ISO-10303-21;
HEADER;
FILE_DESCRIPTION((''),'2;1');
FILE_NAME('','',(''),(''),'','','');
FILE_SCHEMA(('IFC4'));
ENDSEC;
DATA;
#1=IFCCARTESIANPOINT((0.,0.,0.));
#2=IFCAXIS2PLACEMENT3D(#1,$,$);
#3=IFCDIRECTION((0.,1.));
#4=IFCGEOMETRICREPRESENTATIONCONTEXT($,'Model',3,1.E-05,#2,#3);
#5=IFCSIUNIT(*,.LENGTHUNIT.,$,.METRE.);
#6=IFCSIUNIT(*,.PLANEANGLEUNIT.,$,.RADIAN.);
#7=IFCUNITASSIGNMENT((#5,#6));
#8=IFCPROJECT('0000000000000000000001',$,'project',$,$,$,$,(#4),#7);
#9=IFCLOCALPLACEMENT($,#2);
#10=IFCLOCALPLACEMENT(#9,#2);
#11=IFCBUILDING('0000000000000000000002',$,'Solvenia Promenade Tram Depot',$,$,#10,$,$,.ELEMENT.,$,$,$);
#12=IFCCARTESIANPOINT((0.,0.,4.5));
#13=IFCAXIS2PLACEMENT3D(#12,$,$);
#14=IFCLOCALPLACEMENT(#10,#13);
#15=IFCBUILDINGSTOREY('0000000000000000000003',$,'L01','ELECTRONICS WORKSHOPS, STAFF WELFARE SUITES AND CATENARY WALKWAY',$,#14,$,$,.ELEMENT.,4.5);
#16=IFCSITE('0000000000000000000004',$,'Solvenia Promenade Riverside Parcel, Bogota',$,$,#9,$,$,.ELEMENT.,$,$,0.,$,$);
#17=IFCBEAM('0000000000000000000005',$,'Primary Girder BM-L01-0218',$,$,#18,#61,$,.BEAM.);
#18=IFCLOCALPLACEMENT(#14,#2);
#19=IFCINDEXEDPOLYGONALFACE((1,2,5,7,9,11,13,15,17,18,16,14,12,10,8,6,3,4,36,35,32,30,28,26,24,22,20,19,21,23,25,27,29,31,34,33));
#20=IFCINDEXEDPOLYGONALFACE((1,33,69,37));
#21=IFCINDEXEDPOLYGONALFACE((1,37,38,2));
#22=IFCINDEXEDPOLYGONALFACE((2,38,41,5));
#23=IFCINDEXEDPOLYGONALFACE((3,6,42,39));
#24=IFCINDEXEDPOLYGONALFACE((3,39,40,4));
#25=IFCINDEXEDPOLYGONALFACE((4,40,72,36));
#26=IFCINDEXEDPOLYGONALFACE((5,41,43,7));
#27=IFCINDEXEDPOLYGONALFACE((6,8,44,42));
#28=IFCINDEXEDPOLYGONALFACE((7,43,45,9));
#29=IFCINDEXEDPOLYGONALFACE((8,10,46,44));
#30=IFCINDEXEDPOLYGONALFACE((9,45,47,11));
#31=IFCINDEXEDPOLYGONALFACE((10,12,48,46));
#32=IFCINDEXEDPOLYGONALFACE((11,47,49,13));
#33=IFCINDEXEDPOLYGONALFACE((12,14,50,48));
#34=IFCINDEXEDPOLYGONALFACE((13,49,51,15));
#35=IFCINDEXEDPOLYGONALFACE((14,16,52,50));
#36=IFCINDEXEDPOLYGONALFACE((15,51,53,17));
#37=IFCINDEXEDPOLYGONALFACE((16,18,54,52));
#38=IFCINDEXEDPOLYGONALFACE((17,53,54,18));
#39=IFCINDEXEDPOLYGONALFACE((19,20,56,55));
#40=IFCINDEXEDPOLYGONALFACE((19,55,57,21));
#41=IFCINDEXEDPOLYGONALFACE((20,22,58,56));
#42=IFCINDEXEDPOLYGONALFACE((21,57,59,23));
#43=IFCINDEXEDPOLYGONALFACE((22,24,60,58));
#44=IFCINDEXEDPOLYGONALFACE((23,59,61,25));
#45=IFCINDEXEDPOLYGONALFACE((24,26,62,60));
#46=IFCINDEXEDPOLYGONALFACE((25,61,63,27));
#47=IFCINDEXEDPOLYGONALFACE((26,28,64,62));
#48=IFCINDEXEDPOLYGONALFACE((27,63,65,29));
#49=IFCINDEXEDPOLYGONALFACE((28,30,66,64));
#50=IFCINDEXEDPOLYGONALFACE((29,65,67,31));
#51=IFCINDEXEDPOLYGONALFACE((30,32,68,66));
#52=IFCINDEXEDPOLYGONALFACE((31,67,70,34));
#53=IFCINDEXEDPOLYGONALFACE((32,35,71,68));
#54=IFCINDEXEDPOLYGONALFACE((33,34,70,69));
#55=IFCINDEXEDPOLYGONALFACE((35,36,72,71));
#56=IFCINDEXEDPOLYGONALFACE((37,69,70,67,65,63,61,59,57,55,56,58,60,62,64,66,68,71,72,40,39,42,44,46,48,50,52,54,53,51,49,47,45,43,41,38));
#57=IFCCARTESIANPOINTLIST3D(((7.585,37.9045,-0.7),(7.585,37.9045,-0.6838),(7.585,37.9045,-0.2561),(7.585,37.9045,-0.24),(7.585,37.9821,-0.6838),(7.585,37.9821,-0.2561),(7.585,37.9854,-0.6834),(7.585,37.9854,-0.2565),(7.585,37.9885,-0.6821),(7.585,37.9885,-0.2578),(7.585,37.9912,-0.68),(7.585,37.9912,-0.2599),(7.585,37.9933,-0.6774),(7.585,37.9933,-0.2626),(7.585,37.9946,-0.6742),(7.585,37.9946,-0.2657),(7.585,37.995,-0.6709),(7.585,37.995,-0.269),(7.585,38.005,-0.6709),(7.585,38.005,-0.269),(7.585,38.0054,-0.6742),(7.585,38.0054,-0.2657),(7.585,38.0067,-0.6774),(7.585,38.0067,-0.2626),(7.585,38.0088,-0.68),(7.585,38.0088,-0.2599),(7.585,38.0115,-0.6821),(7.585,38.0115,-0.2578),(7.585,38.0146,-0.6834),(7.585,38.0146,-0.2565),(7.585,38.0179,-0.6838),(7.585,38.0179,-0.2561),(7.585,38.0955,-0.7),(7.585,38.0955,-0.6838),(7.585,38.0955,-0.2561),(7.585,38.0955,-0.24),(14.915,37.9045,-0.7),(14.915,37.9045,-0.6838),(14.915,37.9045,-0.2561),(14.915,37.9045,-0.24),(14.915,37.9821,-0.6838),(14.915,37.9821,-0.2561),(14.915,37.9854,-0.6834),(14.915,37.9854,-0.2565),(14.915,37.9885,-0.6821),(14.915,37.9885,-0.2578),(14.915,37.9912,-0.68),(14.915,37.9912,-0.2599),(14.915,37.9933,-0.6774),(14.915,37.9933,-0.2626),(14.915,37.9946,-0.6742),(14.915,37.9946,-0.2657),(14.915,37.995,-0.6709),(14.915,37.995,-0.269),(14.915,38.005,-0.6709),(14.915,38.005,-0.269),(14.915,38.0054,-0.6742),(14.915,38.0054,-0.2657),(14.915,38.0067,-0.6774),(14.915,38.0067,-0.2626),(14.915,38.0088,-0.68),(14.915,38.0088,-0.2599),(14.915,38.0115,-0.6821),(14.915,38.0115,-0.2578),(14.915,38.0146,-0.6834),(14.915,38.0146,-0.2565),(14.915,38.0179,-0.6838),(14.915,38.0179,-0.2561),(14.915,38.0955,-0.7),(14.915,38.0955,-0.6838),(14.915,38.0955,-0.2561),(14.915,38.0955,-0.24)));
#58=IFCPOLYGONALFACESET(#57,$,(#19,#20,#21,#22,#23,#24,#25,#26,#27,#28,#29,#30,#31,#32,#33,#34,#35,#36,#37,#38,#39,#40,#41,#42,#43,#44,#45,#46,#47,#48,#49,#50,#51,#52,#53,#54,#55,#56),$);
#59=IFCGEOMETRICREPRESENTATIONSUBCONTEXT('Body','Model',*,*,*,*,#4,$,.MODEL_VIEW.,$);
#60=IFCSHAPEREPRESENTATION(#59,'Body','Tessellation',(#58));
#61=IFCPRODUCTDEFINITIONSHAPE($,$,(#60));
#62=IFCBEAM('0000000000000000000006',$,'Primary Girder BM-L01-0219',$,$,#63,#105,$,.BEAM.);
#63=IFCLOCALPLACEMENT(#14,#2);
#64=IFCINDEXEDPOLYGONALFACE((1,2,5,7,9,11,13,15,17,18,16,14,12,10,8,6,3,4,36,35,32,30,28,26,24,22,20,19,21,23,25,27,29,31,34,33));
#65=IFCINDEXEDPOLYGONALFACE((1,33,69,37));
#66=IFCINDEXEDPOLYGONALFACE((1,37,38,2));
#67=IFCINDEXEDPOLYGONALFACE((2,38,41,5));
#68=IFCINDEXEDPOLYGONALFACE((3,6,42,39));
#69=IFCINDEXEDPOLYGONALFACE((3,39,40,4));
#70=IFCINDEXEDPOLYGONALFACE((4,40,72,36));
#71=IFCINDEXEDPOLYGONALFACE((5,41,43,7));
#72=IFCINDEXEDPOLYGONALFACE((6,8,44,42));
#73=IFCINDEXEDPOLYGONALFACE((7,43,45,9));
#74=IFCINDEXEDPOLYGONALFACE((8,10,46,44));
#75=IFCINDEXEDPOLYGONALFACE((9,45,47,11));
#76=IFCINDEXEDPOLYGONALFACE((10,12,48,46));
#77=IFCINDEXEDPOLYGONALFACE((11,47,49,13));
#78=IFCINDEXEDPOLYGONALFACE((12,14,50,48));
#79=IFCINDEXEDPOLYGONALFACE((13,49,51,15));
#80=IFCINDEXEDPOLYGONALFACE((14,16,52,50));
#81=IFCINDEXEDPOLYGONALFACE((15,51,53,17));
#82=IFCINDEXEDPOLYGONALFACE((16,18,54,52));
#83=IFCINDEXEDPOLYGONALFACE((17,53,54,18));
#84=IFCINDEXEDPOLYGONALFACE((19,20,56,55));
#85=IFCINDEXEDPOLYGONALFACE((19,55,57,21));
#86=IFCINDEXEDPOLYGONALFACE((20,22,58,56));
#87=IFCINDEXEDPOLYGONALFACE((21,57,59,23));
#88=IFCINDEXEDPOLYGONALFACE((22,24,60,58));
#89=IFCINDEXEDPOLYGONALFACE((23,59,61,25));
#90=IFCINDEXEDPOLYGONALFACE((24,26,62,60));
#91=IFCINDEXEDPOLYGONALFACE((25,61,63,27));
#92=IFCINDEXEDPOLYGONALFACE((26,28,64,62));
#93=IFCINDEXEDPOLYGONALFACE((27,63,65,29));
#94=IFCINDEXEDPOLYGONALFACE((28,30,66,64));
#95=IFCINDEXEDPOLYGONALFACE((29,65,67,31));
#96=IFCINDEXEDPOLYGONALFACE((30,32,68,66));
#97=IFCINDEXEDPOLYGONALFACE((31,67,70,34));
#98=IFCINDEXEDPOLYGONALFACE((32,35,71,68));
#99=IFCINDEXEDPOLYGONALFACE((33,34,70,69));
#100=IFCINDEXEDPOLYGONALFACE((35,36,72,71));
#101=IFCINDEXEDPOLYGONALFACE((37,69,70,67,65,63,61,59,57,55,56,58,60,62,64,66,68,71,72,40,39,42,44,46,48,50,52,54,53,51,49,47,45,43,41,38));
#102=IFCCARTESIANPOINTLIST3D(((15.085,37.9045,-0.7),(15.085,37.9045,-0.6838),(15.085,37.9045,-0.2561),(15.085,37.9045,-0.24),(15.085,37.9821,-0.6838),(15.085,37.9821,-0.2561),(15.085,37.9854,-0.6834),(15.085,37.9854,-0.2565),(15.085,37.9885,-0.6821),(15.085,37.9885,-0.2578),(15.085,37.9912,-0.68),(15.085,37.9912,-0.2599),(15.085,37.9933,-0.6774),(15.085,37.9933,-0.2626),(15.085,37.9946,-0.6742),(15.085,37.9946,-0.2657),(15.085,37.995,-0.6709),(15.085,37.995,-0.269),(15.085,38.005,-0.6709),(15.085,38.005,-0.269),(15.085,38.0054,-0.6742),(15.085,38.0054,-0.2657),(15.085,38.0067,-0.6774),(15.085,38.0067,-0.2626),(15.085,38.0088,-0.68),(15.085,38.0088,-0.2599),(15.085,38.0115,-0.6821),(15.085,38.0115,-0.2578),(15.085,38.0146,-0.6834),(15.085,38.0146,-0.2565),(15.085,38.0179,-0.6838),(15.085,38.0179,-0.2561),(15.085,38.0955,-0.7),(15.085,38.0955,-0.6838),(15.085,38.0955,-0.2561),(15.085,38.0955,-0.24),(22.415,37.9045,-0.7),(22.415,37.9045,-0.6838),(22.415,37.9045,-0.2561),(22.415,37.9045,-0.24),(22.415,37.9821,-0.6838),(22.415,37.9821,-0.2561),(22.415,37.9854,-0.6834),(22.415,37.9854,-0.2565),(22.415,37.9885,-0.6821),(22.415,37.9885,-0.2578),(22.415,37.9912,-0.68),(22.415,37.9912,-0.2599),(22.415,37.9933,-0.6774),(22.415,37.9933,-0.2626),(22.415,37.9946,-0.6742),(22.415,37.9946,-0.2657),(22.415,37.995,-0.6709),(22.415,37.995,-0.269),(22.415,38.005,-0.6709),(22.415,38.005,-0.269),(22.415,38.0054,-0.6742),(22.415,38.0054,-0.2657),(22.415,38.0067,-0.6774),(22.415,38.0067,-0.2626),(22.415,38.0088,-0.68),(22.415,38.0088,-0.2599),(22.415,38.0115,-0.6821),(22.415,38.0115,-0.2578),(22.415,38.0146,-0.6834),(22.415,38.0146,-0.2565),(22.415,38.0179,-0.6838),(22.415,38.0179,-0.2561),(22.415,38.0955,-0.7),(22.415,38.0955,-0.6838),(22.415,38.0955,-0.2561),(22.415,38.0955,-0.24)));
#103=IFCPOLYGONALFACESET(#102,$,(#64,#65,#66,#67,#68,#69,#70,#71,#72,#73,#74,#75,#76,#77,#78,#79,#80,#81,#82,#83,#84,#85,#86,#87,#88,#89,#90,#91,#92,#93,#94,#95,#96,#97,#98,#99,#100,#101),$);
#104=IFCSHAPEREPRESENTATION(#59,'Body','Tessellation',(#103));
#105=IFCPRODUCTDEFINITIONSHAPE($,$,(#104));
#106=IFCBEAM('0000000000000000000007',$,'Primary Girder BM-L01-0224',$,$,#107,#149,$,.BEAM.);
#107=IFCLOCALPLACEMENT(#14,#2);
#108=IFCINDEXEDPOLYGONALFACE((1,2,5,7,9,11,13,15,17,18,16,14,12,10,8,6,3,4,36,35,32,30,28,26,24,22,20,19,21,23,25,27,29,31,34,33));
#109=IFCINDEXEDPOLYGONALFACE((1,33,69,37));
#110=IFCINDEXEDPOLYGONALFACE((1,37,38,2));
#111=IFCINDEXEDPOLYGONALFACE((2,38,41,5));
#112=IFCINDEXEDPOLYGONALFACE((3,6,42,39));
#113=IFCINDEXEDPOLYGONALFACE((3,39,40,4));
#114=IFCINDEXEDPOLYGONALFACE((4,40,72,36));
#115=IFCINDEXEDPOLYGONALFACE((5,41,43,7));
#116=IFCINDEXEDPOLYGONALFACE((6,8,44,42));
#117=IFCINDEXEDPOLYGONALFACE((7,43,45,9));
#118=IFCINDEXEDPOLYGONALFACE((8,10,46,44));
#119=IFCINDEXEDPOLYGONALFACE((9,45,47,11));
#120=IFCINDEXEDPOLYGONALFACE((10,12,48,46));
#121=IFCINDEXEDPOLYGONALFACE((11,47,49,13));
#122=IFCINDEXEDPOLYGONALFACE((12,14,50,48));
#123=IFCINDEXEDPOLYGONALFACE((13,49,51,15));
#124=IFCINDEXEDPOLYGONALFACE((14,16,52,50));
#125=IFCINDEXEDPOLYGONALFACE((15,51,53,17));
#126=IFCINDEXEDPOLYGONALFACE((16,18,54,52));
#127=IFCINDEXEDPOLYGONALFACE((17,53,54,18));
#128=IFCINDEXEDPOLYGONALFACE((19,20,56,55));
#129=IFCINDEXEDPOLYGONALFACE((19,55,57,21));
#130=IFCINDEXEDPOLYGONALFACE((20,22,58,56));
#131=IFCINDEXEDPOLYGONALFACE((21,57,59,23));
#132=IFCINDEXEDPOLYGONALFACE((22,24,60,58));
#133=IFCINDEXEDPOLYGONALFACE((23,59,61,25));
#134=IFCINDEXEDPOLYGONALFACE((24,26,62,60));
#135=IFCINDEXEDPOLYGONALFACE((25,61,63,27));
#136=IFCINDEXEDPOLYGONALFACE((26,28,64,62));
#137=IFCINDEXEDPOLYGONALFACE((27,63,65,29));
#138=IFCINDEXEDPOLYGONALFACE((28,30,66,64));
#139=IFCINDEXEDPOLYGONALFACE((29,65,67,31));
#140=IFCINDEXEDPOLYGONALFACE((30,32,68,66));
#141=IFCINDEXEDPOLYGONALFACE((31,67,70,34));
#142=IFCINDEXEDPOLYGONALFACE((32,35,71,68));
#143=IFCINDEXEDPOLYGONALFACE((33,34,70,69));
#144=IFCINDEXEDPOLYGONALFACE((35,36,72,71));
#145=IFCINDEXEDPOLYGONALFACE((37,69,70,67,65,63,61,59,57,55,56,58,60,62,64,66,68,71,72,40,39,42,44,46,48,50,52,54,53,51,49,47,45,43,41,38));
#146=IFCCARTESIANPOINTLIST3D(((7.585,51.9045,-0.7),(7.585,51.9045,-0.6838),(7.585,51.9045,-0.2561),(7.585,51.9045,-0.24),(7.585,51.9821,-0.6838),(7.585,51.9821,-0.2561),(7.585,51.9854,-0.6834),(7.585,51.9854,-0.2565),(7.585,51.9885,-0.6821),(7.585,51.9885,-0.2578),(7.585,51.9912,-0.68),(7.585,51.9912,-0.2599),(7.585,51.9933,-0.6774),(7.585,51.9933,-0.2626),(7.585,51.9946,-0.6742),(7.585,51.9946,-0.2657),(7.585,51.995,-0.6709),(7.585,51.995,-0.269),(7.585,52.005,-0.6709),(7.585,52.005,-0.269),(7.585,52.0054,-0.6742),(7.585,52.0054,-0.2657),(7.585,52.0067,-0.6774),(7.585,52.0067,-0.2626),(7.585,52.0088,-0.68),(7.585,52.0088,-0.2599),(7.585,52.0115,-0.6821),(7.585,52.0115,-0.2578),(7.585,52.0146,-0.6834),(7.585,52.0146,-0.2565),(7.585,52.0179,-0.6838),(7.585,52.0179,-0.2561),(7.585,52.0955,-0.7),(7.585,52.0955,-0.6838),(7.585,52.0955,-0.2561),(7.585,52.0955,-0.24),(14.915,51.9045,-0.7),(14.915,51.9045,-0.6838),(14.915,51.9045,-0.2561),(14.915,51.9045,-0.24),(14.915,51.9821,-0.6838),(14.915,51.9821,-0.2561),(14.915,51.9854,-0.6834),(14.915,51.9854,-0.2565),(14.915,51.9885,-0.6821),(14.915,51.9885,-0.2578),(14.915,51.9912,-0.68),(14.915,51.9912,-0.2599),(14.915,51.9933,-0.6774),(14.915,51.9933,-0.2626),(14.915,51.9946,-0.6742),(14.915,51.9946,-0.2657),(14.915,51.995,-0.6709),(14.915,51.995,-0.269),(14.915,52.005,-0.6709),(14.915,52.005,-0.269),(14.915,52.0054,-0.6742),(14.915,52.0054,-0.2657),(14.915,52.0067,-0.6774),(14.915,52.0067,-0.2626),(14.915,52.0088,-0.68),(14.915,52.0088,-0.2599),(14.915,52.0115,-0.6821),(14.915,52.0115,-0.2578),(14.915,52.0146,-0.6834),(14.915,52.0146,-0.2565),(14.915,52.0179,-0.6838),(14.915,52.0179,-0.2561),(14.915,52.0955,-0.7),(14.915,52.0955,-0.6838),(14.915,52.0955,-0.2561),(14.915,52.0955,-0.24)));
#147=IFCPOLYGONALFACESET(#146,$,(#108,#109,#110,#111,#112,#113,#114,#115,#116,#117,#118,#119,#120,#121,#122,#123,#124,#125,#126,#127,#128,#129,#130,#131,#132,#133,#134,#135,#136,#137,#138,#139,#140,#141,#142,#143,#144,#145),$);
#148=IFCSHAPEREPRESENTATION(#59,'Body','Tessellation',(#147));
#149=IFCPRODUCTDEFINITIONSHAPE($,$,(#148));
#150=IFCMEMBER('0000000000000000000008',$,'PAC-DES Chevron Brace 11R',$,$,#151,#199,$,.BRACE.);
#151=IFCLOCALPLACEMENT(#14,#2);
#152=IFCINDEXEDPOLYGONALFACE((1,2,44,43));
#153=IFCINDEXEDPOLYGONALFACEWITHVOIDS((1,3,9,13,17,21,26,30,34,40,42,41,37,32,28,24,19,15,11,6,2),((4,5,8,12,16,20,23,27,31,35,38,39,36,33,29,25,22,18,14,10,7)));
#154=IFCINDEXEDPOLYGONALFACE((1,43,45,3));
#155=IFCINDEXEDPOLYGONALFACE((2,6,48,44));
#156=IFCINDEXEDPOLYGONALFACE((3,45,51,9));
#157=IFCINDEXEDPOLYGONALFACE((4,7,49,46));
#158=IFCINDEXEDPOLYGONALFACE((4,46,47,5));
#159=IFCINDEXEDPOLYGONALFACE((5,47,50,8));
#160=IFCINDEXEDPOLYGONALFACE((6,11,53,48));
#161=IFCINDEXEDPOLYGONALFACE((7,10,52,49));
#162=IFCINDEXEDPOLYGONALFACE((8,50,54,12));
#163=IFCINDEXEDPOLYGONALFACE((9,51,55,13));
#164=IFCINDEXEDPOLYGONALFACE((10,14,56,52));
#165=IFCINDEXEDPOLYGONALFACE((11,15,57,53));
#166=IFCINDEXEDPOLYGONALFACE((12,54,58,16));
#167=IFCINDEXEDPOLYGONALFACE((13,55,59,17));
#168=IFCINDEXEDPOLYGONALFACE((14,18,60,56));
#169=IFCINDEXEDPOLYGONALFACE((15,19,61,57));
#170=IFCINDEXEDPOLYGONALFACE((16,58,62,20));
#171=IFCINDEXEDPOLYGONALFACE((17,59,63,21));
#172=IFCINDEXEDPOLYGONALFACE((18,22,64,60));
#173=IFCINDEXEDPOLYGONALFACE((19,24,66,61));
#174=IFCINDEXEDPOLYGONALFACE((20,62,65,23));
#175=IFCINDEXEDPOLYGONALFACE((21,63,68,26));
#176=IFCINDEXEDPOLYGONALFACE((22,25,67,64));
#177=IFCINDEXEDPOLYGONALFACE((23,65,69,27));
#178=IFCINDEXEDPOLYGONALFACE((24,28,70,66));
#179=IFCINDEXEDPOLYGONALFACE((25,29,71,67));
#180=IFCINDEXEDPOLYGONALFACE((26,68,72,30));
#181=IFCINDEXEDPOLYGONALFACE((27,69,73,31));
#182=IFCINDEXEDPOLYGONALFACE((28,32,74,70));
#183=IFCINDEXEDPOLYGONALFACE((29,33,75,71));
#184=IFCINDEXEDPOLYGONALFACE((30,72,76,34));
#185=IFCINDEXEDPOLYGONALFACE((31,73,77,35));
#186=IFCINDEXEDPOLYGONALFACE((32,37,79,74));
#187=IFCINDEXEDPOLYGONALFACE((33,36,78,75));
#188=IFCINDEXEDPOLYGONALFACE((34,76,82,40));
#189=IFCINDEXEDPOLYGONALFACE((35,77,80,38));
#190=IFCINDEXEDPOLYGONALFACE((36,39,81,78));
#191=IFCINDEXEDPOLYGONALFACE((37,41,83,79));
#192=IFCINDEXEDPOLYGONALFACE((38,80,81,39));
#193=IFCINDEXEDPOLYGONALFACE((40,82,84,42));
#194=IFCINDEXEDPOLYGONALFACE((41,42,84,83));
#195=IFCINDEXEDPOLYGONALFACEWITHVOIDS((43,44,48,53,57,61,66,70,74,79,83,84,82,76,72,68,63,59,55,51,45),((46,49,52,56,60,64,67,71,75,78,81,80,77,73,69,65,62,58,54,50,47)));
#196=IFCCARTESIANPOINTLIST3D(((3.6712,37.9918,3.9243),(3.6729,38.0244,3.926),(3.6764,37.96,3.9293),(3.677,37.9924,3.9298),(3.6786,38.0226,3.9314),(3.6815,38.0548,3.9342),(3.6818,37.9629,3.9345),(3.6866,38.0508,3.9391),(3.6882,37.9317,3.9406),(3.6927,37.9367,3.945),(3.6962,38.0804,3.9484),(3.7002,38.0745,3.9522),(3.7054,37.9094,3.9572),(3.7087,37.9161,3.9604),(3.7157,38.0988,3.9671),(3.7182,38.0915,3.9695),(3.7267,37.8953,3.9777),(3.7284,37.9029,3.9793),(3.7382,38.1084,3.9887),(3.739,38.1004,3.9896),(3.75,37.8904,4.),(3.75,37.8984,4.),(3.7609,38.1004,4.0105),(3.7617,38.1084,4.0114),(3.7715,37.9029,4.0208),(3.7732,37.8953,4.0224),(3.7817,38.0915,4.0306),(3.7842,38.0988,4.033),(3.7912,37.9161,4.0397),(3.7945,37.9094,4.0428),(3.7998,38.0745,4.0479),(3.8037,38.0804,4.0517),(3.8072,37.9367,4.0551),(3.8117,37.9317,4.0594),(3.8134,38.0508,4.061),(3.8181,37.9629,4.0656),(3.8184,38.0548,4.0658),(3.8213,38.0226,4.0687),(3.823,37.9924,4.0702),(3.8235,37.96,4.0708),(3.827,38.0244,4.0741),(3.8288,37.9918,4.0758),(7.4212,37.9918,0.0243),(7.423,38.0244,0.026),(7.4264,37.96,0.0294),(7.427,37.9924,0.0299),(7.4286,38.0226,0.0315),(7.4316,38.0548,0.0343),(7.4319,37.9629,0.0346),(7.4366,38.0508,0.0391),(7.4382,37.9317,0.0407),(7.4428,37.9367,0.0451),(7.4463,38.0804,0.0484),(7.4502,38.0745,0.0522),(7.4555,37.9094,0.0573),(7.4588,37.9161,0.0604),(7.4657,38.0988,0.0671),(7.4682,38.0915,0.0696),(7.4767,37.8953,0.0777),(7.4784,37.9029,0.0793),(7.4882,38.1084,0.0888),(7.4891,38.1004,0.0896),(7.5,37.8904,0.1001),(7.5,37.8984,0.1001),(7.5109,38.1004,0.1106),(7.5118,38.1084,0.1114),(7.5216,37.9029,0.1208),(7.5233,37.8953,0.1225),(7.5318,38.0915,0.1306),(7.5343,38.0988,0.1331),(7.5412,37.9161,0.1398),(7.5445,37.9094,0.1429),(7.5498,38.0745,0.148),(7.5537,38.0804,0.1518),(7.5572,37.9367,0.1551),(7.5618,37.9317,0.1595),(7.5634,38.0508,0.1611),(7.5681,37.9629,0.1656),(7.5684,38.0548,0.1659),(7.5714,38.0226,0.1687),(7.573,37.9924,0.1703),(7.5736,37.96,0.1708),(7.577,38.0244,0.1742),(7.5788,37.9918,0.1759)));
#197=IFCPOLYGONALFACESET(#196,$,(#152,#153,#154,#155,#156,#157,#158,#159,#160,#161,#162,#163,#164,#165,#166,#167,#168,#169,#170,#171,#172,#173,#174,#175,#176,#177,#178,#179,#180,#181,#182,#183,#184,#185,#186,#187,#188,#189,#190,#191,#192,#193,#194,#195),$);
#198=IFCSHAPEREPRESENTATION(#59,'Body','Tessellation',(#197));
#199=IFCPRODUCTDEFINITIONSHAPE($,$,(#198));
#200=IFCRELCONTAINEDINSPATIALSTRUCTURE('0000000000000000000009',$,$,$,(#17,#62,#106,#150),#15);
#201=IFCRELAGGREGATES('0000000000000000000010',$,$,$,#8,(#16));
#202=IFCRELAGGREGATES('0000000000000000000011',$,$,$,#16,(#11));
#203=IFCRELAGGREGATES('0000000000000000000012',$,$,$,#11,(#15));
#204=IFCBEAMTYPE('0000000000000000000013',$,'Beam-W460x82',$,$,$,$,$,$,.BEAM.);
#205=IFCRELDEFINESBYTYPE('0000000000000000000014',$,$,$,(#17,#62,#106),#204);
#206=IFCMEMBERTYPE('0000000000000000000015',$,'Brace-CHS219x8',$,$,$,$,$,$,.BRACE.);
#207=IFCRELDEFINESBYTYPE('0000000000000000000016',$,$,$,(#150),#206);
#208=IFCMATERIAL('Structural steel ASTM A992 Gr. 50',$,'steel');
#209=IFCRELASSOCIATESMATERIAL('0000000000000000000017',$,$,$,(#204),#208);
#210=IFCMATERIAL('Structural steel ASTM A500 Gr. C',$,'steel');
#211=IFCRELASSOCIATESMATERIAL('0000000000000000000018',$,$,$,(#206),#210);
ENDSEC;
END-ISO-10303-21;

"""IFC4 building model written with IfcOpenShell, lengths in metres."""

from ifc_helpers import new_model, si_unit, direction, frame, origin, origin_2d, place, context, subcontext, project, spatial, hollow_circle, i_section, extrude, material, material_profile, profile_set, type_object, element, save


model = new_model("IFC4")

# Units and contexts
model_context = context("Model", 3, precision=1e-05, world=origin(), true_north=direction((0.0, 1.0)))
body_context = subcontext(model_context, "Body", "Model", "MODEL_VIEW")
ifc_project = project(units=[si_unit("LENGTHUNIT", "METRE"), si_unit("PLANEANGLEUNIT", "RADIAN")], contexts=[model_context])

# Site, building, storey
site_placement = place(None, origin())
site = spatial("IfcSite", under=ifc_project, at=site_placement, Name="Solvenia Promenade Riverside Parcel, Bogota", CompositionType="ELEMENT", RefElevation=0.0)
building_placement = place(site_placement, origin())
building = spatial("IfcBuilding", under=site, at=building_placement, Name="Solvenia Promenade Tram Depot", CompositionType="ELEMENT")
storey_placement = place(building_placement, frame((0.0, 0.0, 4.5)))
storey = spatial("IfcBuildingStorey", under=building, at=storey_placement, Name="L01", Description="ELECTRONICS WORKSHOPS, STAFF WELFARE SUITES AND CATENARY WALKWAY", CompositionType="ELEMENT", Elevation=4.5)

# Shared definitions
ifc_material_1 = material(Name="Structural steel ASTM A992 Gr. 50", Category="steel")

# Beams
ifc_material_profile_1 = material_profile(ifc_material_1, i_section(OverallWidth=0.1909, OverallDepth=0.46, WebThickness=0.01, FlangeThickness=0.0161, FilletRadius=0.0129, at=origin_2d()), Name="W460x82", Category="steel")
ifc_profile_set_1 = profile_set([ifc_material_profile_1], Name="Structural steel ASTM A992 Gr. 50")
beam_type_1 = type_object("IfcBeamType", Name="Beam-W460x82", PredefinedType="BEAM", material=ifc_profile_set_1)
for number, where, z_axis, x_axis, name in (
    (1, (7.585, 38.0, -0.47), (1.0, 0.0, 0.0), (0.0, 1.0, 0.0), "Primary Girder BM-L01-0218"),
    (2, (15.085, 38.0, -0.47), (1.0, 0.0, 0.0), (0.0, 1.0, 0.0), "Primary Girder BM-L01-0219"),
    (3, (7.585, 52.0, -0.47), (1.0, 0.0, 0.0), (0.0, 1.0, 0.0), "Primary Girder BM-L01-0224"),
):
    element("IfcBeam", number, at=place(storey_placement, frame(where, z_axis=z_axis, x_axis=x_axis)), inside=storey, type_object=beam_type_1, Name=name, PredefinedType="BEAM", context=body_context, shape_type="SweptSolid", body=[
        extrude(i_section(OverallWidth=0.1909, OverallDepth=0.46, WebThickness=0.01, FlangeThickness=0.0161, FilletRadius=0.0129, at=origin_2d()), origin(), (0.0, 0.0, 1.0), 7.3301),
    ])

# Member
ifc_material_2 = material(Name="Structural steel ASTM A500 Gr. C", Category="steel")
ifc_material_profile_2 = material_profile(ifc_material_2, hollow_circle(Radius=0.1096, WallThickness=0.0081, at=origin_2d()), Name="CHS219.1x8", Category="steel")
ifc_profile_set_2 = profile_set([ifc_material_profile_2], Name="Structural steel ASTM A500 Gr. C")
member_type = type_object("IfcMemberType", Name="Brace-CHS219x8", PredefinedType="BRACE", material=ifc_profile_set_2)
member_placement = place(storey_placement, frame((7.5, 38.0, 0.1001), z_axis=(-0.693118, 0.0, 0.720824), x_axis=(0.0, -1.0, 0.0)))
element("IfcMember", 4, at=member_placement, inside=storey, type_object=member_type, Name="PAC-DES Chevron Brace 11R", PredefinedType="BRACE", context=body_context, shape_type="SweptSolid", body=[
    extrude(hollow_circle(Radius=0.1096, WallThickness=0.0081, at=origin_2d()), origin(), (0.0, 0.0, 1.0), 5.4104),
])

save(model, "model.ifc")
